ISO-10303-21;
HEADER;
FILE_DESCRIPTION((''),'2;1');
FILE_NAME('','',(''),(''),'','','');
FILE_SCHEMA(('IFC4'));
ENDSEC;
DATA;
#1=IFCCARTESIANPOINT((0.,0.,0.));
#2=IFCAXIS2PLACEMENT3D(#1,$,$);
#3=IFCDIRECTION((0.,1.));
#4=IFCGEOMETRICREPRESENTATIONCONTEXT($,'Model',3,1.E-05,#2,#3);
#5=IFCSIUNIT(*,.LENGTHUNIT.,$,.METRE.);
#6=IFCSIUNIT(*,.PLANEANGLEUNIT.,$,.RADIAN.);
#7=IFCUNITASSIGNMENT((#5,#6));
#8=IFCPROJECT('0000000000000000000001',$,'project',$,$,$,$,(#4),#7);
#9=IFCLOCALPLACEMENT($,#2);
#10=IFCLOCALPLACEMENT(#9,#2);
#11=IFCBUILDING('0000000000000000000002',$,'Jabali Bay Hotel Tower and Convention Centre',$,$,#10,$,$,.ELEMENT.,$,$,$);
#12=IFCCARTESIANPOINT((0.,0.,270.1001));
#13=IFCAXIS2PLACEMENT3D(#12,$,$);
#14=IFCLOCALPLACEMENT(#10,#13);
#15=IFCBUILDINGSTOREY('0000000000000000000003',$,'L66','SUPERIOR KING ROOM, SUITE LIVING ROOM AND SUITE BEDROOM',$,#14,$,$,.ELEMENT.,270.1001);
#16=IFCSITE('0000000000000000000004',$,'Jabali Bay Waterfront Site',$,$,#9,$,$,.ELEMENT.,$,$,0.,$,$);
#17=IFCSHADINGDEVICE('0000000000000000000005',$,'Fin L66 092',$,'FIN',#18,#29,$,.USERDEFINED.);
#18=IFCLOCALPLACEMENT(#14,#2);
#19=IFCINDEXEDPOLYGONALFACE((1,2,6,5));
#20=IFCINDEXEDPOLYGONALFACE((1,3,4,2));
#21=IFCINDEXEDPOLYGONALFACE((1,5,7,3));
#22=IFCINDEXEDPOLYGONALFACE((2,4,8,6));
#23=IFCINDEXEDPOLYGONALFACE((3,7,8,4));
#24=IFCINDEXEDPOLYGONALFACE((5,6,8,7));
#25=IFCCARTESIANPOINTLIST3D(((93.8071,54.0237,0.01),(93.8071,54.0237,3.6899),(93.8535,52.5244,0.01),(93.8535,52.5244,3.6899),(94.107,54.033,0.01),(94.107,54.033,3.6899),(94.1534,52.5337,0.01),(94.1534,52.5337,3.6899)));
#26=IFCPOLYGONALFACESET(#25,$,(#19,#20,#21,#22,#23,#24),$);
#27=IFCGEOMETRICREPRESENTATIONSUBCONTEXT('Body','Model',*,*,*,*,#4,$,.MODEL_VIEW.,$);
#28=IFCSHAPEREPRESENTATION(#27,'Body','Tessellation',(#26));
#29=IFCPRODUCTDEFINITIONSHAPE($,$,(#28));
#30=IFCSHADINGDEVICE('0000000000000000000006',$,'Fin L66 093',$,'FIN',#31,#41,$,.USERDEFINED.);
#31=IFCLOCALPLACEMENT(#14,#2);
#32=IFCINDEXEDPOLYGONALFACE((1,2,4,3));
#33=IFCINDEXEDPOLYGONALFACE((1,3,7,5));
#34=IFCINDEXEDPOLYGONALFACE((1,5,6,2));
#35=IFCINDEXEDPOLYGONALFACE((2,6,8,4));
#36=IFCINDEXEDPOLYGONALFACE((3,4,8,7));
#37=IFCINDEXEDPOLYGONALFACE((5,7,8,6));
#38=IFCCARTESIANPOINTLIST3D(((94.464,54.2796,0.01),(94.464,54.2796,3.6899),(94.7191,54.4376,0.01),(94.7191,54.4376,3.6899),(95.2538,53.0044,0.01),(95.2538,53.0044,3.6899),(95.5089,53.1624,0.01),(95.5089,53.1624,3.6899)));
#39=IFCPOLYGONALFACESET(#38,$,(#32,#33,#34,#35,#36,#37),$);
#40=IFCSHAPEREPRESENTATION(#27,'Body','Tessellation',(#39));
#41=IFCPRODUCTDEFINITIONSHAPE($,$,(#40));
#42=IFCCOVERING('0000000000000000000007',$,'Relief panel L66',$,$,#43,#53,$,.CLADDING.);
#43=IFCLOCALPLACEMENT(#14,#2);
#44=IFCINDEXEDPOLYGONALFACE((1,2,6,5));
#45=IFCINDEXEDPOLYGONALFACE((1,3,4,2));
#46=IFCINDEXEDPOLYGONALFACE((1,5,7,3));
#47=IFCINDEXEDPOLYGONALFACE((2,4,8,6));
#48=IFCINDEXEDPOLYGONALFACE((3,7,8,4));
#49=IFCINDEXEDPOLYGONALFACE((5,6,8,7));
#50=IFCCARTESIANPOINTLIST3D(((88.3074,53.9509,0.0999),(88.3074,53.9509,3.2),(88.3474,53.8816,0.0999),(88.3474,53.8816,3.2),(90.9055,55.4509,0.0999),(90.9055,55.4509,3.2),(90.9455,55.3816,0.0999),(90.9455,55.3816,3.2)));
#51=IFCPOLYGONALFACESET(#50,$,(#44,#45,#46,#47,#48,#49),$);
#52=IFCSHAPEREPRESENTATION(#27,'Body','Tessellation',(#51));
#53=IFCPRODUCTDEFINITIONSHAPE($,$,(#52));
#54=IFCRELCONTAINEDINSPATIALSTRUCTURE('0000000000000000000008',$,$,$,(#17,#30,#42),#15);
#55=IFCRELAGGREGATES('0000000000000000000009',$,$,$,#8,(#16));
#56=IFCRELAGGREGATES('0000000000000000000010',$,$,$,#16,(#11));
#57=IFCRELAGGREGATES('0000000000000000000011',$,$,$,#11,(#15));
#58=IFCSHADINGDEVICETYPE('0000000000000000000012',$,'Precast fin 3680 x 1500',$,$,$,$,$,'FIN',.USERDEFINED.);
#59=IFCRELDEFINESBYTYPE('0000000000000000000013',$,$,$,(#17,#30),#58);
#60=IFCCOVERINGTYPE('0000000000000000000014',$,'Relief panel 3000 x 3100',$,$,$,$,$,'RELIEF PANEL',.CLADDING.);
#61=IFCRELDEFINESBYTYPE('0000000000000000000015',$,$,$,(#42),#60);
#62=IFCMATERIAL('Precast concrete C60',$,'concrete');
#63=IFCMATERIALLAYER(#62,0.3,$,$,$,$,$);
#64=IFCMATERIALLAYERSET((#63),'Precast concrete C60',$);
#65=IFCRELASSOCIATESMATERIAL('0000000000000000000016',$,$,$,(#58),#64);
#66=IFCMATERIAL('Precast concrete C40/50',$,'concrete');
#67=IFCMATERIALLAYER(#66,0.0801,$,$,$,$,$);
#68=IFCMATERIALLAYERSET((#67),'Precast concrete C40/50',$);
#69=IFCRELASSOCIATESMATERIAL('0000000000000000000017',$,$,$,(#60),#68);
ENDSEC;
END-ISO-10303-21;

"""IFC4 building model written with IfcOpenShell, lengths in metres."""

from ifc_helpers import new_model, si_unit, direction, frame, frame_2d, origin, origin_2d, place, context, subcontext, project, spatial, rectangle, extrude, material, layer, layer_set, type_object, element, save


model = new_model("IFC4")

# Units and contexts
model_context = context("Model", 3, precision=1e-05, world=origin(), true_north=direction((0.0, 1.0)))
body_context = subcontext(model_context, "Body", "Model", "MODEL_VIEW")
ifc_project = project(units=[si_unit("LENGTHUNIT", "METRE"), si_unit("PLANEANGLEUNIT", "RADIAN")], contexts=[model_context])

# Site, building, storey
site_placement = place(None, origin())
site = spatial("IfcSite", under=ifc_project, at=site_placement, Name="Jabali Bay Waterfront Site", CompositionType="ELEMENT", RefElevation=0.0)
building_placement = place(site_placement, origin())
building = spatial("IfcBuilding", under=site, at=building_placement, Name="Jabali Bay Hotel Tower and Convention Centre", CompositionType="ELEMENT")
storey_placement = place(building_placement, frame((0.0, 0.0, 270.1001)))
storey = spatial("IfcBuildingStorey", under=building, at=storey_placement, Name="L66", Description="SUPERIOR KING ROOM, SUITE LIVING ROOM AND SUITE BEDROOM", CompositionType="ELEMENT", Elevation=270.1001)

# Shading devices
ifc_material_1 = material(Name="Precast concrete C60", Category="concrete")
ifc_layer_1 = layer(ifc_material_1, 0.3)
ifc_layer_set_1 = layer_set([ifc_layer_1], Name="Precast concrete C60")
shading_device_type = type_object("IfcShadingDeviceType", Name="Precast fin 3680 x 1500", ElementType="FIN", PredefinedType="USERDEFINED", material=ifc_layer_set_1)
for number, where, z_axis, x_axis, name in (
    (1, (93.957, 54.0283, 0.01), (0.0, 0.0, 1.0), (0.030925, -0.999522, 0.0), "Fin L66 092"),
    (2, (94.5916, 54.3586, 0.01), (0.0, 0.0, 1.0), (0.526556, -0.85014, 0.0), "Fin L66 093"),
):
    element("IfcShadingDevice", number, at=place(storey_placement, frame(where, z_axis=z_axis, x_axis=x_axis)), inside=storey, type_object=shading_device_type, Name=name, ObjectType="FIN", PredefinedType="USERDEFINED", context=body_context, shape_type="SweptSolid", body=[
        extrude(rectangle(XDim=1.5, YDim=0.3, at=frame_2d((0.75, 0.0))), origin(), (0.0, 0.0, 1.0), 3.6799),
    ])

# Covering
ifc_material_2 = material(Name="Precast concrete C40/50", Category="concrete")
ifc_layer_2 = layer(ifc_material_2, 0.0801)
ifc_layer_set_2 = layer_set([ifc_layer_2], Name="Precast concrete C40/50")
covering_type = type_object("IfcCoveringType", Name="Relief panel 3000 x 3100", ElementType="RELIEF PANEL", PredefinedType="CLADDING", material=ifc_layer_set_2)
covering_placement = place(storey_placement, frame((89.6265, 54.6663, 0.0999), z_axis=(0.0, 0.0, 1.0), x_axis=(-0.866025, -0.5, 0.0)))
element("IfcCovering", 3, at=covering_placement, inside=storey, type_object=covering_type, Name="Relief panel L66", PredefinedType="CLADDING", context=body_context, shape_type="SweptSolid", body=[
    extrude(rectangle(XDim=3.0, YDim=0.0801, at=origin_2d()), origin(), (0.0, 0.0, 1.0), 3.1001),
])

save(model, "model.ifc")
